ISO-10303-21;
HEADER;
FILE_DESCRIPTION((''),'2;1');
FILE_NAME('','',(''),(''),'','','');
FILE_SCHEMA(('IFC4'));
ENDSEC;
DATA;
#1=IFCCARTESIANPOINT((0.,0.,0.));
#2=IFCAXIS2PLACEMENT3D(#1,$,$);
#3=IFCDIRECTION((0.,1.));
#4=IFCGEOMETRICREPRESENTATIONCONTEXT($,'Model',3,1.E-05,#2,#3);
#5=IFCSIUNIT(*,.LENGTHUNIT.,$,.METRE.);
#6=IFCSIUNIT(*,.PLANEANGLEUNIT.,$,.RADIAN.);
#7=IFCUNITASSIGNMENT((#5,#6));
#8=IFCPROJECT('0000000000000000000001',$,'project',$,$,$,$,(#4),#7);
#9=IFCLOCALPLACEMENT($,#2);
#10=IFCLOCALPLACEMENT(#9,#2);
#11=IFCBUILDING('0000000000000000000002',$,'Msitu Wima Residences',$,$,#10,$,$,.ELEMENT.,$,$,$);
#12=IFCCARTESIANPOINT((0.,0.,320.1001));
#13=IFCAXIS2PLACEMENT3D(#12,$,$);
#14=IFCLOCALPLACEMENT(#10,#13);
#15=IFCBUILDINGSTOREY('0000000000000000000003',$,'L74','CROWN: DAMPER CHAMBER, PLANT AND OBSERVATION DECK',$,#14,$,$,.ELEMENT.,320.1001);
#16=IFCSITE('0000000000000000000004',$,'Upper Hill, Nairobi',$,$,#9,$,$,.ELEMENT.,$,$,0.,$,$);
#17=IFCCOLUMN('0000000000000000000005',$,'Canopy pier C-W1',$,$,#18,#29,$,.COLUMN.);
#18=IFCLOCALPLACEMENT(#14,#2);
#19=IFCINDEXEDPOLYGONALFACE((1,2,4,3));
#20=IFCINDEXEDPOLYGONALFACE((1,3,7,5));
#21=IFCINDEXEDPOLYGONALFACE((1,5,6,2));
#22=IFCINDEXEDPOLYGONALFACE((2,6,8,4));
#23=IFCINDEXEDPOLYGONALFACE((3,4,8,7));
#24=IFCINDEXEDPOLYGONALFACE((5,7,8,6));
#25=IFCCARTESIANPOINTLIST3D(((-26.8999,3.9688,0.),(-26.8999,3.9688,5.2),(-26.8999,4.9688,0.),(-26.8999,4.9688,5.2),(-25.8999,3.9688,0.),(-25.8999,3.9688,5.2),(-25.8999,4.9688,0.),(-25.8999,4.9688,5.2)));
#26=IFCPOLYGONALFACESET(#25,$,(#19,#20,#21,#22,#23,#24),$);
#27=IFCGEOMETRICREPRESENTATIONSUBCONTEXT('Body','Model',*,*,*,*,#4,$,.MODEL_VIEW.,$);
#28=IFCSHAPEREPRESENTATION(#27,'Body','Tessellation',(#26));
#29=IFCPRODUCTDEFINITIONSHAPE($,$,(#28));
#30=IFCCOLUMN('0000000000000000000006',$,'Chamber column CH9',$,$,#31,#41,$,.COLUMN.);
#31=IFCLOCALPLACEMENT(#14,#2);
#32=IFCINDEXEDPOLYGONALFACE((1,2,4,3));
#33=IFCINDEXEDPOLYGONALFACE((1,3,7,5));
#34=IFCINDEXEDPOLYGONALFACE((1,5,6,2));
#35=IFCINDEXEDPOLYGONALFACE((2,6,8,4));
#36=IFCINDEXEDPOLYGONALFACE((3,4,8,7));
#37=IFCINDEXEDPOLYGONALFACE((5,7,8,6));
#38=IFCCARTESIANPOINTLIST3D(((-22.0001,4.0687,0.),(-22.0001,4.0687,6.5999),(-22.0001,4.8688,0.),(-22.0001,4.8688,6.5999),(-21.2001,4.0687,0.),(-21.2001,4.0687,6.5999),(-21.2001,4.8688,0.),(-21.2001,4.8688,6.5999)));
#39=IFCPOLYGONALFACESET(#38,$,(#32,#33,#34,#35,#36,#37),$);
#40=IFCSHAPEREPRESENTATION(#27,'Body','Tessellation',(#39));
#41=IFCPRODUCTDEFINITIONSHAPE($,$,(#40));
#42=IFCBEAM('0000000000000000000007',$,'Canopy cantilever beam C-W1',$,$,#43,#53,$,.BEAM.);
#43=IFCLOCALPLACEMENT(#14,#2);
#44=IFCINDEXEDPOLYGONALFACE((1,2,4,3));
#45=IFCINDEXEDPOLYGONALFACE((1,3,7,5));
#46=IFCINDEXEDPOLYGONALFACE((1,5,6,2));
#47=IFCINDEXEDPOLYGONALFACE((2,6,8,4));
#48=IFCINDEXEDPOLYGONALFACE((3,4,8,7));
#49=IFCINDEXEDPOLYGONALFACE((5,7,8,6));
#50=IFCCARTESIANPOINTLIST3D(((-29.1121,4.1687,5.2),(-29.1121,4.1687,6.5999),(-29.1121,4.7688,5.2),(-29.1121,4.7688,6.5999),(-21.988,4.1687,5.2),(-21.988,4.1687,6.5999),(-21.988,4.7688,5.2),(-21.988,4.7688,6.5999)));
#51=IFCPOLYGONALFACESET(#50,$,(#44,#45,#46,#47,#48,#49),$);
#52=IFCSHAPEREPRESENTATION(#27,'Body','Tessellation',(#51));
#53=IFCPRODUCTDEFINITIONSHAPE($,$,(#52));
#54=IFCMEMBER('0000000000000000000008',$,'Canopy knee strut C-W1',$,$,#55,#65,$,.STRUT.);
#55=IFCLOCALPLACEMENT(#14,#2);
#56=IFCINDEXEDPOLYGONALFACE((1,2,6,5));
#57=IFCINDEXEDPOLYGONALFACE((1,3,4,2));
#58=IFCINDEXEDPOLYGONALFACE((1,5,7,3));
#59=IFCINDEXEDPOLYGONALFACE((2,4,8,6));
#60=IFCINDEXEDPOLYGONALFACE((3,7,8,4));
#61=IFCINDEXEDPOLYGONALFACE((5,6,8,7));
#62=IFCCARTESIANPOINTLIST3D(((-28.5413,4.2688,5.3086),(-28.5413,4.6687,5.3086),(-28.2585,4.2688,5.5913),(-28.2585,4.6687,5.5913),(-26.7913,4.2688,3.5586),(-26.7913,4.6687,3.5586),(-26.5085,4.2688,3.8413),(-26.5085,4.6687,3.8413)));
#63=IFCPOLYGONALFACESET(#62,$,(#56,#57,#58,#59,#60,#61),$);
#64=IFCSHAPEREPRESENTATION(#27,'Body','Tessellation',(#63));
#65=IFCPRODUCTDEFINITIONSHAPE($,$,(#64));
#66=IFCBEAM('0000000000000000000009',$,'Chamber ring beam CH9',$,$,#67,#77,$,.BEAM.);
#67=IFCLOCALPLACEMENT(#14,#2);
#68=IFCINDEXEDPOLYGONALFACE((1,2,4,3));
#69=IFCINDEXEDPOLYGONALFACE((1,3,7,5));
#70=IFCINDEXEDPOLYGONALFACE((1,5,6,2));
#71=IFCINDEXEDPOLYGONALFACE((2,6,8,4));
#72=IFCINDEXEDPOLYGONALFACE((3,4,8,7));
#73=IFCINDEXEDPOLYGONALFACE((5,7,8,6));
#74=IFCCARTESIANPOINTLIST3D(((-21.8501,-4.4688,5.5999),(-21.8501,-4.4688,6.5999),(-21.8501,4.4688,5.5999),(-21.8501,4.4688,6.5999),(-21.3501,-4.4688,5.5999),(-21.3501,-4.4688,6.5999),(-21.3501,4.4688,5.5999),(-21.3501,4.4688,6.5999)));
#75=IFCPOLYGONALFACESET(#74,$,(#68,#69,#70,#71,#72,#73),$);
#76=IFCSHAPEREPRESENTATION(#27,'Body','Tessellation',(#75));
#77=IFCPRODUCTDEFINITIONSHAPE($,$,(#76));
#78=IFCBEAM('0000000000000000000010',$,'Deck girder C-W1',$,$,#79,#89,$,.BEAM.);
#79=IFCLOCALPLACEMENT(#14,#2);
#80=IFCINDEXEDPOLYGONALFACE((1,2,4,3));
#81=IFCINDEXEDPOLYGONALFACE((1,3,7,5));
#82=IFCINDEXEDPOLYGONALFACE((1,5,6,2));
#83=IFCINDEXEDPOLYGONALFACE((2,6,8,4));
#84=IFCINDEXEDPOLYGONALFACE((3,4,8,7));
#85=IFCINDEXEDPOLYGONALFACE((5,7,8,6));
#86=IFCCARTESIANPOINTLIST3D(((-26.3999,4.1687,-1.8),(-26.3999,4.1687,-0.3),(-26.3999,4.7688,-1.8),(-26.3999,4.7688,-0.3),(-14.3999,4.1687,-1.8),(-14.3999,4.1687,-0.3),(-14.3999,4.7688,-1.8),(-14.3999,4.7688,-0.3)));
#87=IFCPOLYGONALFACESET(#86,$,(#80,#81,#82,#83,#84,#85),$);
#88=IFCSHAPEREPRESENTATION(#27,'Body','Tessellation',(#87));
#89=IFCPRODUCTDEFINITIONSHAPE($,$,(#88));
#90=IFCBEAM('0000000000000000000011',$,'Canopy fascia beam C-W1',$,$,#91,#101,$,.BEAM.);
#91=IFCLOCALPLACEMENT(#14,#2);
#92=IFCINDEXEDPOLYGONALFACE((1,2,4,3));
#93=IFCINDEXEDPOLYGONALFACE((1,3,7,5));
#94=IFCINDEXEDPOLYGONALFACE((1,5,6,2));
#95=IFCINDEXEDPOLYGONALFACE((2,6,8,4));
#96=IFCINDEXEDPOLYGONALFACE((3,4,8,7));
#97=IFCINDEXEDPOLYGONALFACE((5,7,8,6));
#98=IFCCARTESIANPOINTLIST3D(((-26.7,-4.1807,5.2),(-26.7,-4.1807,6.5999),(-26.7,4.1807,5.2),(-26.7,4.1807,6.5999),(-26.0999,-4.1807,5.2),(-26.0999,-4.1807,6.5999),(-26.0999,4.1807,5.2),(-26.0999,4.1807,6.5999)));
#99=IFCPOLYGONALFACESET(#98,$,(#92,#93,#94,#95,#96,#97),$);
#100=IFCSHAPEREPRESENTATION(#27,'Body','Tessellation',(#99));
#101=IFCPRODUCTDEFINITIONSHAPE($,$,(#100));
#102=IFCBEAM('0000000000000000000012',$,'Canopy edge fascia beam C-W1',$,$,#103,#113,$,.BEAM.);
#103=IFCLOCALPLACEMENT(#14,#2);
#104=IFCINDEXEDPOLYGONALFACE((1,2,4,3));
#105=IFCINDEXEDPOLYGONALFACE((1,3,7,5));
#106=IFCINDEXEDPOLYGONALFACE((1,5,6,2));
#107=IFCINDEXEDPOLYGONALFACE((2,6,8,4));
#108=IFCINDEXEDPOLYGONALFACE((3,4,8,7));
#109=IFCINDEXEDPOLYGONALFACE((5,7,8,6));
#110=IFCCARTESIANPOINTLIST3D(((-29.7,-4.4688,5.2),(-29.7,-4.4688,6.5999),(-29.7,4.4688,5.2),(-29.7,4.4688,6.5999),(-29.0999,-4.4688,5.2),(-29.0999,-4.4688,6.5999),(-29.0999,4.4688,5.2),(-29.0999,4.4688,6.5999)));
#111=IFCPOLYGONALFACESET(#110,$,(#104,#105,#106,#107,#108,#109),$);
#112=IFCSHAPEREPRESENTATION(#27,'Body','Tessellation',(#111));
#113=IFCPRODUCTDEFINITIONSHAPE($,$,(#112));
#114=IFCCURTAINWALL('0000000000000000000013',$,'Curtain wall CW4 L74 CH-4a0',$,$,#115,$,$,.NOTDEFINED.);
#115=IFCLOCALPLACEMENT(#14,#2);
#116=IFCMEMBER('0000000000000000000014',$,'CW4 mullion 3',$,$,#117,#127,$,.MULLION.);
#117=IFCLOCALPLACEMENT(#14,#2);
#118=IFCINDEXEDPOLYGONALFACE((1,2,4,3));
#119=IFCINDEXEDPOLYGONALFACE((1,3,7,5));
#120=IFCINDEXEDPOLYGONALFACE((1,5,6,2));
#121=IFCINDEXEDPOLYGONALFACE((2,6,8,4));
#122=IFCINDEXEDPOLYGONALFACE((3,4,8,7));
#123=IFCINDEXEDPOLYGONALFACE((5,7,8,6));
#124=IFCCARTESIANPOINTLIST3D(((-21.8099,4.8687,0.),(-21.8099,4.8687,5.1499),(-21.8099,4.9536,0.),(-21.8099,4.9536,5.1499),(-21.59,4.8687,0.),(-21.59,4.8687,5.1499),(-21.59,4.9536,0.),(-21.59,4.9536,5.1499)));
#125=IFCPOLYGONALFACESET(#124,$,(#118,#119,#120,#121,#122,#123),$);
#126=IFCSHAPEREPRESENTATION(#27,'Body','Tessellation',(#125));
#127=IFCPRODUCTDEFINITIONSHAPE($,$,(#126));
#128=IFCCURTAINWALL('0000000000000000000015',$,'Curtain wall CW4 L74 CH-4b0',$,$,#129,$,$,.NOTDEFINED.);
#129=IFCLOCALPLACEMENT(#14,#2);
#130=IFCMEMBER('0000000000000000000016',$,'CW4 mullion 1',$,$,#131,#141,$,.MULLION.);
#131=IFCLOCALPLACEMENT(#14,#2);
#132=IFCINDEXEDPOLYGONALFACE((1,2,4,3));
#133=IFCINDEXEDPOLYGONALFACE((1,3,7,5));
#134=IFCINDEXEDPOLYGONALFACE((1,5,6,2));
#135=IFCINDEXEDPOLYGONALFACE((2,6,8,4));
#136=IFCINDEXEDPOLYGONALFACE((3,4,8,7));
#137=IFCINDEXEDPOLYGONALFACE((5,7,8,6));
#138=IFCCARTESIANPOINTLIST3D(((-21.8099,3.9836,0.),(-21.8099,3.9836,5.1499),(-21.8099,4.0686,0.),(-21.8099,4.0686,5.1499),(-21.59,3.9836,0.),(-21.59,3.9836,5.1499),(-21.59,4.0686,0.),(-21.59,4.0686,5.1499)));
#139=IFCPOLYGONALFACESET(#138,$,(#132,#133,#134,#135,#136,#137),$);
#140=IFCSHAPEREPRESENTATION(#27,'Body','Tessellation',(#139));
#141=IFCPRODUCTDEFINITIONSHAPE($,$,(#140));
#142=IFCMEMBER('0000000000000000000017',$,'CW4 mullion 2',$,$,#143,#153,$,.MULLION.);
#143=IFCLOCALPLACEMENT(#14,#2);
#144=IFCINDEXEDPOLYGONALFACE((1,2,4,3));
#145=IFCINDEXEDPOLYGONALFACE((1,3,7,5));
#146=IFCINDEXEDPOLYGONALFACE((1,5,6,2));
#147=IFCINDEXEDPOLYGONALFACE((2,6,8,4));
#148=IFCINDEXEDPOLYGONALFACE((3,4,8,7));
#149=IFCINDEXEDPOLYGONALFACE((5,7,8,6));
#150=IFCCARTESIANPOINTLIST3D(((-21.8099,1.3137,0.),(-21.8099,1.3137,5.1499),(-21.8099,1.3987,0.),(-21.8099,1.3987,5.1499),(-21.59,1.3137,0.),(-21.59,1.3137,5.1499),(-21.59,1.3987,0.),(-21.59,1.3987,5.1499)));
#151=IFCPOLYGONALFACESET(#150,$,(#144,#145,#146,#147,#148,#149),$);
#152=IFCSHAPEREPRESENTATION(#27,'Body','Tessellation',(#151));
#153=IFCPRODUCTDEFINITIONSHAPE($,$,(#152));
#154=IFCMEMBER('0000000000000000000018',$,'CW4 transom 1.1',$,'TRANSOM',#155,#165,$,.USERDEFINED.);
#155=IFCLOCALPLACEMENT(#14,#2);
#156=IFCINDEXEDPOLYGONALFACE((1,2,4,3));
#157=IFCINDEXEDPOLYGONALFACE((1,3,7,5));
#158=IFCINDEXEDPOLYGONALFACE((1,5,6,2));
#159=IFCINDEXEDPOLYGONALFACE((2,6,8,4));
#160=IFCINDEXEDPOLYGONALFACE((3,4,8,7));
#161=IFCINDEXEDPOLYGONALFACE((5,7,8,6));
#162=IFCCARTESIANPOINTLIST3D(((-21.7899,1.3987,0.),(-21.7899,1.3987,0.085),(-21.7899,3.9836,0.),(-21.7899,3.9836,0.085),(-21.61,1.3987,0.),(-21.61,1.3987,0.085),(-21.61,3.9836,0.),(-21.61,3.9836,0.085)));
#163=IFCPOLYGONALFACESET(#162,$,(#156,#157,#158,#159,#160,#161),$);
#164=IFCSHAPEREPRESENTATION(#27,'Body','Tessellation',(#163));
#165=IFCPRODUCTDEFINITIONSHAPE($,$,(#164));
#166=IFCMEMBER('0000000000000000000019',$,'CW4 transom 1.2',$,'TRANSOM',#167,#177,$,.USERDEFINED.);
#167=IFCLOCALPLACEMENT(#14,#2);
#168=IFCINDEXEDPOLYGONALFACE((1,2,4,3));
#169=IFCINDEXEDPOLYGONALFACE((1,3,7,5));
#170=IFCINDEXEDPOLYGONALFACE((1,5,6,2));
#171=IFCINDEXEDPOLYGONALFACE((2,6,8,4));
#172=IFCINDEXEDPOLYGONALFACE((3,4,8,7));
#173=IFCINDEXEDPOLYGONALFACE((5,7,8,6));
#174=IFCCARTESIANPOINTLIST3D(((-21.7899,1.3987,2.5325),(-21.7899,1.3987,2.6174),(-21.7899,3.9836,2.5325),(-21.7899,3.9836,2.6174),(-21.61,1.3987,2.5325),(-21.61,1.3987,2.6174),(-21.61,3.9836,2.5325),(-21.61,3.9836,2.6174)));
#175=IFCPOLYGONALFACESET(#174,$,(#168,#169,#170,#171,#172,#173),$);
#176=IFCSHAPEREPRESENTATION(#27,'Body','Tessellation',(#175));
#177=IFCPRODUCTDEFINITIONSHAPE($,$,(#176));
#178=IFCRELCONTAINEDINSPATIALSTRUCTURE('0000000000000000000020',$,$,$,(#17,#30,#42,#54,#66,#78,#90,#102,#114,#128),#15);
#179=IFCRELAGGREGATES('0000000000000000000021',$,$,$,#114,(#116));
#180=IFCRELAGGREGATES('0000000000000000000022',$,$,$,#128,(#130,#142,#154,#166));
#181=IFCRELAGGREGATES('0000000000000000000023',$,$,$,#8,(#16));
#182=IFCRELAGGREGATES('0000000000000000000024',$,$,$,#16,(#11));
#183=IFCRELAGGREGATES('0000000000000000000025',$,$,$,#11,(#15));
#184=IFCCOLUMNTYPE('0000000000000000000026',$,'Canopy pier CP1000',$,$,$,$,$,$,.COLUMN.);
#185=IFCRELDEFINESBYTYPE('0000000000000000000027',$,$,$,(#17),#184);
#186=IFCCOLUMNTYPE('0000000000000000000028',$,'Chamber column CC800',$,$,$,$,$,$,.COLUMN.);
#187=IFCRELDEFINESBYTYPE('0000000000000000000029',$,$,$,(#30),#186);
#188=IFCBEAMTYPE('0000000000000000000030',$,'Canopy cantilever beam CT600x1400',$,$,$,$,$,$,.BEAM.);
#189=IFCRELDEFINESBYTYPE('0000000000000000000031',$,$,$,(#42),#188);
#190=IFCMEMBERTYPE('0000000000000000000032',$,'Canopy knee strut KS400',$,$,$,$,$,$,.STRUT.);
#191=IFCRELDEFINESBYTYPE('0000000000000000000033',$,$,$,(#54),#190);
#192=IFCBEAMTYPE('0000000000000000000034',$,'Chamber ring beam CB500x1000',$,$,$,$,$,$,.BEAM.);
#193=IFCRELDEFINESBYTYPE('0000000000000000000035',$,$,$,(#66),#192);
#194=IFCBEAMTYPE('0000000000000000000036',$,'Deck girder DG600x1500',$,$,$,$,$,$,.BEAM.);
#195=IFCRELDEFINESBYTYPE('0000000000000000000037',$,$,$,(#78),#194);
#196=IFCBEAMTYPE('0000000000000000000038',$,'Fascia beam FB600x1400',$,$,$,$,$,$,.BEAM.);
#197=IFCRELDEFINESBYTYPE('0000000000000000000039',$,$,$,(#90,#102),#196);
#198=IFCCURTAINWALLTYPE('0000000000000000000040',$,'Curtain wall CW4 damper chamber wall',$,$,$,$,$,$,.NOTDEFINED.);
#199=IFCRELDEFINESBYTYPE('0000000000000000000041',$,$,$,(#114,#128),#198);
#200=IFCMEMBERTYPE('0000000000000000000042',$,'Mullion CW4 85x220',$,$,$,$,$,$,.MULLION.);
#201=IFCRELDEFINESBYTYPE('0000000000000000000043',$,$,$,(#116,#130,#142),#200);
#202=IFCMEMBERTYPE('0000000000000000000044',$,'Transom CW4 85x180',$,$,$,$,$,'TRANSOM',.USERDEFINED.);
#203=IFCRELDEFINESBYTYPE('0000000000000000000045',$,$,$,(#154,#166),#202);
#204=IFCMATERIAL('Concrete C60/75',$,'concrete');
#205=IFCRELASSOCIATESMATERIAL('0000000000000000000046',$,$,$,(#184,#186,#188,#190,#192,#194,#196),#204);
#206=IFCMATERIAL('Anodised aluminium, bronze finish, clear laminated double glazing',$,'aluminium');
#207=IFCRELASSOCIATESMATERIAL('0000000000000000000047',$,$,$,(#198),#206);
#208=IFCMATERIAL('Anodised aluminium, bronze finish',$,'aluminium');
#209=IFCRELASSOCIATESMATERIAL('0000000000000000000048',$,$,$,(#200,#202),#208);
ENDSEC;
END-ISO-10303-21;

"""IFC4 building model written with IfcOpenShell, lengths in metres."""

from ifc_helpers import new_model, si_unit, direction, frame, origin, origin_2d, place, context, subcontext, project, spatial, rectangle, extrude, material, material_profile, profile_set, type_object, element, aggregate, save


model = new_model("IFC4")

# Units and contexts
model_context = context("Model", 3, precision=1e-05, world=origin(), true_north=direction((0.0, 1.0)))
body_context = subcontext(model_context, "Body", "Model", "MODEL_VIEW")
ifc_project = project(units=[si_unit("LENGTHUNIT", "METRE"), si_unit("PLANEANGLEUNIT", "RADIAN")], contexts=[model_context])

# Site, building, storey
site_placement = place(None, origin())
site = spatial("IfcSite", under=ifc_project, at=site_placement, Name="Upper Hill, Nairobi", CompositionType="ELEMENT", RefElevation=0.0)
building_placement = place(site_placement, origin())
building = spatial("IfcBuilding", under=site, at=building_placement, Name="Msitu Wima Residences", CompositionType="ELEMENT")
storey_placement = place(building_placement, frame((0.0, 0.0, 320.1001)))
storey = spatial("IfcBuildingStorey", under=building, at=storey_placement, Name="L74", Description="CROWN: DAMPER CHAMBER, PLANT AND OBSERVATION DECK", CompositionType="ELEMENT", Elevation=320.1001)

# Columns
ifc_material_1 = material(Name="Concrete C60/75", Category="concrete")
ifc_material_profile_1 = material_profile(ifc_material_1, rectangle(XDim=1.0, YDim=1.0, at=origin_2d()), Name="RC 1000x1000")
ifc_profile_set_1 = profile_set([ifc_material_profile_1], Name="Concrete C60/75")
column_type_1 = type_object("IfcColumnType", Name="Canopy pier CP1000", PredefinedType="COLUMN", material=ifc_profile_set_1)
column_1_placement = place(storey_placement, frame((-26.3999, 4.4688, 0.0), z_axis=(0.0, 0.0, 1.0), x_axis=(1.0, 0.0, 0.0)))
element("IfcColumn", 1, at=column_1_placement, inside=storey, type_object=column_type_1, Name="Canopy pier C-W1", PredefinedType="COLUMN", context=body_context, shape_type="SweptSolid", body=[
    extrude(rectangle(XDim=1.0, YDim=1.0, at=origin_2d()), origin(), (0.0, 0.0, 1.0), 5.2),
])
ifc_material_profile_2 = material_profile(ifc_material_1, rectangle(XDim=0.8, YDim=0.8, at=origin_2d()), Name="RC 800x800")
ifc_profile_set_2 = profile_set([ifc_material_profile_2], Name="Concrete C60/75")
column_type_2 = type_object("IfcColumnType", Name="Chamber column CC800", PredefinedType="COLUMN", material=ifc_profile_set_2)
column_2_placement = place(storey_placement, frame((-21.6001, 4.4688, 0.0), z_axis=(0.0, 0.0, 1.0), x_axis=(1.0, 0.0, 0.0)))
element("IfcColumn", 2, at=column_2_placement, inside=storey, type_object=column_type_2, Name="Chamber column CH9", PredefinedType="COLUMN", context=body_context, shape_type="SweptSolid", body=[
    extrude(rectangle(XDim=0.8, YDim=0.8, at=origin_2d()), origin(), (0.0, 0.0, 1.0), 6.5999),
])

# Beam
ifc_material_profile_3 = material_profile(ifc_material_1, rectangle(XDim=0.6001, YDim=1.3999, at=origin_2d()), Name="RC 600x1400")
ifc_profile_set_3 = profile_set([ifc_material_profile_3], Name="Concrete C60/75")
beam_type_1 = type_object("IfcBeamType", Name="Canopy cantilever beam CT600x1400", PredefinedType="BEAM", material=ifc_profile_set_3)
beam_1_placement = place(storey_placement, frame((-21.988, 4.4688, 5.8999), z_axis=(-1.0, 0.0, 0.0), x_axis=(0.0, -1.0, 0.0)))
element("IfcBeam", 3, at=beam_1_placement, inside=storey, type_object=beam_type_1, Name="Canopy cantilever beam C-W1", PredefinedType="BEAM", context=body_context, shape_type="SweptSolid", body=[
    extrude(rectangle(XDim=0.6001, YDim=1.3999, at=origin_2d()), origin(), (0.0, 0.0, 1.0), 7.124),
])

# Member
ifc_material_profile_4 = material_profile(ifc_material_1, rectangle(XDim=0.3999, YDim=0.3999, at=origin_2d()), Name="RC 400x400")
ifc_profile_set_4 = profile_set([ifc_material_profile_4], Name="Concrete C60/75")
member_type_1 = type_object("IfcMemberType", Name="Canopy knee strut KS400", PredefinedType="STRUT", material=ifc_profile_set_4)
member_1_placement = place(storey_placement, frame((-26.6499, 4.4688, 3.7), z_axis=(-0.707107, 0.0, 0.707107), x_axis=(0.0, -1.0, 0.0)))
element("IfcMember", 4, at=member_1_placement, inside=storey, type_object=member_type_1, Name="Canopy knee strut C-W1", PredefinedType="STRUT", context=body_context, shape_type="SweptSolid", body=[
    extrude(rectangle(XDim=0.3999, YDim=0.3999, at=origin_2d()), origin(), (0.0, 0.0, 1.0), 2.4749),
])

# Beams
ifc_material_profile_5 = material_profile(ifc_material_1, rectangle(XDim=0.5, YDim=1.0, at=origin_2d()), Name="RC 500x1000")
ifc_profile_set_5 = profile_set([ifc_material_profile_5], Name="Concrete C60/75")
beam_type_2 = type_object("IfcBeamType", Name="Chamber ring beam CB500x1000", PredefinedType="BEAM", material=ifc_profile_set_5)
beam_2_placement = place(storey_placement, frame((-21.6001, 4.4688, 6.0999), z_axis=(0.0, -1.0, 0.0), x_axis=(1.0, 0.0, 0.0)))
element("IfcBeam", 5, at=beam_2_placement, inside=storey, type_object=beam_type_2, Name="Chamber ring beam CH9", PredefinedType="BEAM", context=body_context, shape_type="SweptSolid", body=[
    extrude(rectangle(XDim=0.5, YDim=1.0, at=origin_2d()), origin(), (0.0, 0.0, 1.0), 8.9375),
])
ifc_material_profile_6 = material_profile(ifc_material_1, rectangle(XDim=0.6001, YDim=1.5, at=origin_2d()), Name="RC 600x1500")
ifc_profile_set_6 = profile_set([ifc_material_profile_6], Name="Concrete C60/75")
beam_type_3 = type_object("IfcBeamType", Name="Deck girder DG600x1500", PredefinedType="BEAM", material=ifc_profile_set_6)
beam_3_placement = place(storey_placement, frame((-26.3999, 4.4688, -1.05), z_axis=(1.0, 0.0, 0.0), x_axis=(0.0, 1.0, 0.0)))
element("IfcBeam", 6, at=beam_3_placement, inside=storey, type_object=beam_type_3, Name="Deck girder C-W1", PredefinedType="BEAM", context=body_context, shape_type="SweptSolid", body=[
    extrude(rectangle(XDim=0.6001, YDim=1.5, at=origin_2d()), origin(), (0.0, 0.0, 1.0), 12.0),
])
ifc_material_profile_7 = material_profile(ifc_material_1, rectangle(XDim=0.6001, YDim=1.3999, at=origin_2d()), Name="RC 600x1400")
ifc_profile_set_7 = profile_set([ifc_material_profile_7], Name="Concrete C60/75")
beam_type_4 = type_object("IfcBeamType", Name="Fascia beam FB600x1400", PredefinedType="BEAM", material=ifc_profile_set_7)
beam_4_placement = place(storey_placement, frame((-26.3999, 4.1807, 5.8999), z_axis=(0.0, -1.0, 0.0), x_axis=(1.0, 0.0, 0.0)))
element("IfcBeam", 7, at=beam_4_placement, inside=storey, type_object=beam_type_4, Name="Canopy fascia beam C-W1", PredefinedType="BEAM", context=body_context, shape_type="SweptSolid", body=[
    extrude(rectangle(XDim=0.6001, YDim=1.3999, at=origin_2d()), origin(), (0.0, 0.0, 1.0), 8.3613),
])
beam_5_placement = place(storey_placement, frame((-29.3999, 4.4688, 5.8999), z_axis=(0.0, -1.0, 0.0), x_axis=(1.0, 0.0, 0.0)))
element("IfcBeam", 8, at=beam_5_placement, inside=storey, type_object=beam_type_4, Name="Canopy edge fascia beam C-W1", PredefinedType="BEAM", context=body_context, shape_type="SweptSolid", body=[
    extrude(rectangle(XDim=0.6001, YDim=1.3999, at=origin_2d()), origin(), (0.0, 0.0, 1.0), 8.9375),
])

# Curtain wall, member
ifc_material_2 = material(Name="Anodised aluminium, bronze finish, clear laminated double glazing", Category="aluminium")
curtain_wall_type = type_object("IfcCurtainWallType", Name="Curtain wall CW4 damper chamber wall", PredefinedType="NOTDEFINED", material=ifc_material_2)
curtain_wall_1_placement = place(storey_placement, origin())
curtain_wall_1 = element("IfcCurtainWall", 9, at=curtain_wall_1_placement, inside=storey, type_object=curtain_wall_type, Name="Curtain wall CW4 L74 CH-4a0", PredefinedType="NOTDEFINED")
ifc_material_3 = material(Name="Anodised aluminium, bronze finish", Category="aluminium")
ifc_material_profile_8 = material_profile(ifc_material_3, rectangle(XDim=0.22, YDim=0.085, at=origin_2d()), Name="Mullion 85x220")
ifc_profile_set_8 = profile_set([ifc_material_profile_8], Name="Anodised aluminium, bronze finish")
member_type_2 = type_object("IfcMemberType", Name="Mullion CW4 85x220", PredefinedType="MULLION", material=ifc_profile_set_8)
member_2_placement = place(storey_placement, frame((-21.7, 4.9111, 0.0), z_axis=(0.0, 0.0, 1.0), x_axis=(1.0, 0.0, 0.0)))
member_2 = element("IfcMember", 10, at=member_2_placement, type_object=member_type_2, Name="CW4 mullion 3", PredefinedType="MULLION", context=body_context, shape_type="SweptSolid", body=[
    extrude(rectangle(XDim=0.22, YDim=0.085, at=origin_2d()), origin(), (0.0, 0.0, 1.0), 5.1499),
])
aggregate(curtain_wall_1, [member_2])

# Curtain wall, members
curtain_wall_2_placement = place(storey_placement, origin())
curtain_wall_2 = element("IfcCurtainWall", 11, at=curtain_wall_2_placement, inside=storey, type_object=curtain_wall_type, Name="Curtain wall CW4 L74 CH-4b0", PredefinedType="NOTDEFINED")
member_3_placement = place(storey_placement, frame((-21.7, 4.0261, 0.0), z_axis=(0.0, 0.0, 1.0), x_axis=(1.0, 0.0, 0.0)))
member_3 = element("IfcMember", 12, at=member_3_placement, type_object=member_type_2, Name="CW4 mullion 1", PredefinedType="MULLION", context=body_context, shape_type="SweptSolid", body=[
    extrude(rectangle(XDim=0.22, YDim=0.085, at=origin_2d()), origin(), (0.0, 0.0, 1.0), 5.1499),
])
member_4_placement = place(storey_placement, frame((-21.7, 1.3562, 0.0), z_axis=(0.0, 0.0, 1.0), x_axis=(1.0, 0.0, 0.0)))
member_4 = element("IfcMember", 13, at=member_4_placement, type_object=member_type_2, Name="CW4 mullion 2", PredefinedType="MULLION", context=body_context, shape_type="SweptSolid", body=[
    extrude(rectangle(XDim=0.22, YDim=0.085, at=origin_2d()), origin(), (0.0, 0.0, 1.0), 5.1499),
])
ifc_material_profile_9 = material_profile(ifc_material_3, rectangle(XDim=0.1799, YDim=0.085, at=origin_2d()), Name="Transom 85x180")
ifc_profile_set_9 = profile_set([ifc_material_profile_9], Name="Anodised aluminium, bronze finish")
member_type_3 = type_object("IfcMemberType", Name="Transom CW4 85x180", ElementType="TRANSOM", PredefinedType="USERDEFINED", material=ifc_profile_set_9)
member_5_placement = place(storey_placement, frame((-21.7, 3.9836, 0.0425), z_axis=(0.0, -1.0, 0.0), x_axis=(1.0, 0.0, 0.0)))
member_5 = element("IfcMember", 14, at=member_5_placement, type_object=member_type_3, Name="CW4 transom 1.1", ObjectType="TRANSOM", PredefinedType="USERDEFINED", context=body_context, shape_type="SweptSolid", body=[
    extrude(rectangle(XDim=0.1799, YDim=0.085, at=origin_2d()), origin(), (0.0, 0.0, 1.0), 2.585),
])
member_6_placement = place(storey_placement, frame((-21.7, 3.9836, 2.575), z_axis=(0.0, -1.0, 0.0), x_axis=(1.0, 0.0, 0.0)))
member_6 = element("IfcMember", 15, at=member_6_placement, type_object=member_type_3, Name="CW4 transom 1.2", ObjectType="TRANSOM", PredefinedType="USERDEFINED", context=body_context, shape_type="SweptSolid", body=[
    extrude(rectangle(XDim=0.1799, YDim=0.085, at=origin_2d()), origin(), (0.0, 0.0, 1.0), 2.585),
])
aggregate(curtain_wall_2, [member_3, member_4, member_5, member_6])

save(model, "model.ifc")
